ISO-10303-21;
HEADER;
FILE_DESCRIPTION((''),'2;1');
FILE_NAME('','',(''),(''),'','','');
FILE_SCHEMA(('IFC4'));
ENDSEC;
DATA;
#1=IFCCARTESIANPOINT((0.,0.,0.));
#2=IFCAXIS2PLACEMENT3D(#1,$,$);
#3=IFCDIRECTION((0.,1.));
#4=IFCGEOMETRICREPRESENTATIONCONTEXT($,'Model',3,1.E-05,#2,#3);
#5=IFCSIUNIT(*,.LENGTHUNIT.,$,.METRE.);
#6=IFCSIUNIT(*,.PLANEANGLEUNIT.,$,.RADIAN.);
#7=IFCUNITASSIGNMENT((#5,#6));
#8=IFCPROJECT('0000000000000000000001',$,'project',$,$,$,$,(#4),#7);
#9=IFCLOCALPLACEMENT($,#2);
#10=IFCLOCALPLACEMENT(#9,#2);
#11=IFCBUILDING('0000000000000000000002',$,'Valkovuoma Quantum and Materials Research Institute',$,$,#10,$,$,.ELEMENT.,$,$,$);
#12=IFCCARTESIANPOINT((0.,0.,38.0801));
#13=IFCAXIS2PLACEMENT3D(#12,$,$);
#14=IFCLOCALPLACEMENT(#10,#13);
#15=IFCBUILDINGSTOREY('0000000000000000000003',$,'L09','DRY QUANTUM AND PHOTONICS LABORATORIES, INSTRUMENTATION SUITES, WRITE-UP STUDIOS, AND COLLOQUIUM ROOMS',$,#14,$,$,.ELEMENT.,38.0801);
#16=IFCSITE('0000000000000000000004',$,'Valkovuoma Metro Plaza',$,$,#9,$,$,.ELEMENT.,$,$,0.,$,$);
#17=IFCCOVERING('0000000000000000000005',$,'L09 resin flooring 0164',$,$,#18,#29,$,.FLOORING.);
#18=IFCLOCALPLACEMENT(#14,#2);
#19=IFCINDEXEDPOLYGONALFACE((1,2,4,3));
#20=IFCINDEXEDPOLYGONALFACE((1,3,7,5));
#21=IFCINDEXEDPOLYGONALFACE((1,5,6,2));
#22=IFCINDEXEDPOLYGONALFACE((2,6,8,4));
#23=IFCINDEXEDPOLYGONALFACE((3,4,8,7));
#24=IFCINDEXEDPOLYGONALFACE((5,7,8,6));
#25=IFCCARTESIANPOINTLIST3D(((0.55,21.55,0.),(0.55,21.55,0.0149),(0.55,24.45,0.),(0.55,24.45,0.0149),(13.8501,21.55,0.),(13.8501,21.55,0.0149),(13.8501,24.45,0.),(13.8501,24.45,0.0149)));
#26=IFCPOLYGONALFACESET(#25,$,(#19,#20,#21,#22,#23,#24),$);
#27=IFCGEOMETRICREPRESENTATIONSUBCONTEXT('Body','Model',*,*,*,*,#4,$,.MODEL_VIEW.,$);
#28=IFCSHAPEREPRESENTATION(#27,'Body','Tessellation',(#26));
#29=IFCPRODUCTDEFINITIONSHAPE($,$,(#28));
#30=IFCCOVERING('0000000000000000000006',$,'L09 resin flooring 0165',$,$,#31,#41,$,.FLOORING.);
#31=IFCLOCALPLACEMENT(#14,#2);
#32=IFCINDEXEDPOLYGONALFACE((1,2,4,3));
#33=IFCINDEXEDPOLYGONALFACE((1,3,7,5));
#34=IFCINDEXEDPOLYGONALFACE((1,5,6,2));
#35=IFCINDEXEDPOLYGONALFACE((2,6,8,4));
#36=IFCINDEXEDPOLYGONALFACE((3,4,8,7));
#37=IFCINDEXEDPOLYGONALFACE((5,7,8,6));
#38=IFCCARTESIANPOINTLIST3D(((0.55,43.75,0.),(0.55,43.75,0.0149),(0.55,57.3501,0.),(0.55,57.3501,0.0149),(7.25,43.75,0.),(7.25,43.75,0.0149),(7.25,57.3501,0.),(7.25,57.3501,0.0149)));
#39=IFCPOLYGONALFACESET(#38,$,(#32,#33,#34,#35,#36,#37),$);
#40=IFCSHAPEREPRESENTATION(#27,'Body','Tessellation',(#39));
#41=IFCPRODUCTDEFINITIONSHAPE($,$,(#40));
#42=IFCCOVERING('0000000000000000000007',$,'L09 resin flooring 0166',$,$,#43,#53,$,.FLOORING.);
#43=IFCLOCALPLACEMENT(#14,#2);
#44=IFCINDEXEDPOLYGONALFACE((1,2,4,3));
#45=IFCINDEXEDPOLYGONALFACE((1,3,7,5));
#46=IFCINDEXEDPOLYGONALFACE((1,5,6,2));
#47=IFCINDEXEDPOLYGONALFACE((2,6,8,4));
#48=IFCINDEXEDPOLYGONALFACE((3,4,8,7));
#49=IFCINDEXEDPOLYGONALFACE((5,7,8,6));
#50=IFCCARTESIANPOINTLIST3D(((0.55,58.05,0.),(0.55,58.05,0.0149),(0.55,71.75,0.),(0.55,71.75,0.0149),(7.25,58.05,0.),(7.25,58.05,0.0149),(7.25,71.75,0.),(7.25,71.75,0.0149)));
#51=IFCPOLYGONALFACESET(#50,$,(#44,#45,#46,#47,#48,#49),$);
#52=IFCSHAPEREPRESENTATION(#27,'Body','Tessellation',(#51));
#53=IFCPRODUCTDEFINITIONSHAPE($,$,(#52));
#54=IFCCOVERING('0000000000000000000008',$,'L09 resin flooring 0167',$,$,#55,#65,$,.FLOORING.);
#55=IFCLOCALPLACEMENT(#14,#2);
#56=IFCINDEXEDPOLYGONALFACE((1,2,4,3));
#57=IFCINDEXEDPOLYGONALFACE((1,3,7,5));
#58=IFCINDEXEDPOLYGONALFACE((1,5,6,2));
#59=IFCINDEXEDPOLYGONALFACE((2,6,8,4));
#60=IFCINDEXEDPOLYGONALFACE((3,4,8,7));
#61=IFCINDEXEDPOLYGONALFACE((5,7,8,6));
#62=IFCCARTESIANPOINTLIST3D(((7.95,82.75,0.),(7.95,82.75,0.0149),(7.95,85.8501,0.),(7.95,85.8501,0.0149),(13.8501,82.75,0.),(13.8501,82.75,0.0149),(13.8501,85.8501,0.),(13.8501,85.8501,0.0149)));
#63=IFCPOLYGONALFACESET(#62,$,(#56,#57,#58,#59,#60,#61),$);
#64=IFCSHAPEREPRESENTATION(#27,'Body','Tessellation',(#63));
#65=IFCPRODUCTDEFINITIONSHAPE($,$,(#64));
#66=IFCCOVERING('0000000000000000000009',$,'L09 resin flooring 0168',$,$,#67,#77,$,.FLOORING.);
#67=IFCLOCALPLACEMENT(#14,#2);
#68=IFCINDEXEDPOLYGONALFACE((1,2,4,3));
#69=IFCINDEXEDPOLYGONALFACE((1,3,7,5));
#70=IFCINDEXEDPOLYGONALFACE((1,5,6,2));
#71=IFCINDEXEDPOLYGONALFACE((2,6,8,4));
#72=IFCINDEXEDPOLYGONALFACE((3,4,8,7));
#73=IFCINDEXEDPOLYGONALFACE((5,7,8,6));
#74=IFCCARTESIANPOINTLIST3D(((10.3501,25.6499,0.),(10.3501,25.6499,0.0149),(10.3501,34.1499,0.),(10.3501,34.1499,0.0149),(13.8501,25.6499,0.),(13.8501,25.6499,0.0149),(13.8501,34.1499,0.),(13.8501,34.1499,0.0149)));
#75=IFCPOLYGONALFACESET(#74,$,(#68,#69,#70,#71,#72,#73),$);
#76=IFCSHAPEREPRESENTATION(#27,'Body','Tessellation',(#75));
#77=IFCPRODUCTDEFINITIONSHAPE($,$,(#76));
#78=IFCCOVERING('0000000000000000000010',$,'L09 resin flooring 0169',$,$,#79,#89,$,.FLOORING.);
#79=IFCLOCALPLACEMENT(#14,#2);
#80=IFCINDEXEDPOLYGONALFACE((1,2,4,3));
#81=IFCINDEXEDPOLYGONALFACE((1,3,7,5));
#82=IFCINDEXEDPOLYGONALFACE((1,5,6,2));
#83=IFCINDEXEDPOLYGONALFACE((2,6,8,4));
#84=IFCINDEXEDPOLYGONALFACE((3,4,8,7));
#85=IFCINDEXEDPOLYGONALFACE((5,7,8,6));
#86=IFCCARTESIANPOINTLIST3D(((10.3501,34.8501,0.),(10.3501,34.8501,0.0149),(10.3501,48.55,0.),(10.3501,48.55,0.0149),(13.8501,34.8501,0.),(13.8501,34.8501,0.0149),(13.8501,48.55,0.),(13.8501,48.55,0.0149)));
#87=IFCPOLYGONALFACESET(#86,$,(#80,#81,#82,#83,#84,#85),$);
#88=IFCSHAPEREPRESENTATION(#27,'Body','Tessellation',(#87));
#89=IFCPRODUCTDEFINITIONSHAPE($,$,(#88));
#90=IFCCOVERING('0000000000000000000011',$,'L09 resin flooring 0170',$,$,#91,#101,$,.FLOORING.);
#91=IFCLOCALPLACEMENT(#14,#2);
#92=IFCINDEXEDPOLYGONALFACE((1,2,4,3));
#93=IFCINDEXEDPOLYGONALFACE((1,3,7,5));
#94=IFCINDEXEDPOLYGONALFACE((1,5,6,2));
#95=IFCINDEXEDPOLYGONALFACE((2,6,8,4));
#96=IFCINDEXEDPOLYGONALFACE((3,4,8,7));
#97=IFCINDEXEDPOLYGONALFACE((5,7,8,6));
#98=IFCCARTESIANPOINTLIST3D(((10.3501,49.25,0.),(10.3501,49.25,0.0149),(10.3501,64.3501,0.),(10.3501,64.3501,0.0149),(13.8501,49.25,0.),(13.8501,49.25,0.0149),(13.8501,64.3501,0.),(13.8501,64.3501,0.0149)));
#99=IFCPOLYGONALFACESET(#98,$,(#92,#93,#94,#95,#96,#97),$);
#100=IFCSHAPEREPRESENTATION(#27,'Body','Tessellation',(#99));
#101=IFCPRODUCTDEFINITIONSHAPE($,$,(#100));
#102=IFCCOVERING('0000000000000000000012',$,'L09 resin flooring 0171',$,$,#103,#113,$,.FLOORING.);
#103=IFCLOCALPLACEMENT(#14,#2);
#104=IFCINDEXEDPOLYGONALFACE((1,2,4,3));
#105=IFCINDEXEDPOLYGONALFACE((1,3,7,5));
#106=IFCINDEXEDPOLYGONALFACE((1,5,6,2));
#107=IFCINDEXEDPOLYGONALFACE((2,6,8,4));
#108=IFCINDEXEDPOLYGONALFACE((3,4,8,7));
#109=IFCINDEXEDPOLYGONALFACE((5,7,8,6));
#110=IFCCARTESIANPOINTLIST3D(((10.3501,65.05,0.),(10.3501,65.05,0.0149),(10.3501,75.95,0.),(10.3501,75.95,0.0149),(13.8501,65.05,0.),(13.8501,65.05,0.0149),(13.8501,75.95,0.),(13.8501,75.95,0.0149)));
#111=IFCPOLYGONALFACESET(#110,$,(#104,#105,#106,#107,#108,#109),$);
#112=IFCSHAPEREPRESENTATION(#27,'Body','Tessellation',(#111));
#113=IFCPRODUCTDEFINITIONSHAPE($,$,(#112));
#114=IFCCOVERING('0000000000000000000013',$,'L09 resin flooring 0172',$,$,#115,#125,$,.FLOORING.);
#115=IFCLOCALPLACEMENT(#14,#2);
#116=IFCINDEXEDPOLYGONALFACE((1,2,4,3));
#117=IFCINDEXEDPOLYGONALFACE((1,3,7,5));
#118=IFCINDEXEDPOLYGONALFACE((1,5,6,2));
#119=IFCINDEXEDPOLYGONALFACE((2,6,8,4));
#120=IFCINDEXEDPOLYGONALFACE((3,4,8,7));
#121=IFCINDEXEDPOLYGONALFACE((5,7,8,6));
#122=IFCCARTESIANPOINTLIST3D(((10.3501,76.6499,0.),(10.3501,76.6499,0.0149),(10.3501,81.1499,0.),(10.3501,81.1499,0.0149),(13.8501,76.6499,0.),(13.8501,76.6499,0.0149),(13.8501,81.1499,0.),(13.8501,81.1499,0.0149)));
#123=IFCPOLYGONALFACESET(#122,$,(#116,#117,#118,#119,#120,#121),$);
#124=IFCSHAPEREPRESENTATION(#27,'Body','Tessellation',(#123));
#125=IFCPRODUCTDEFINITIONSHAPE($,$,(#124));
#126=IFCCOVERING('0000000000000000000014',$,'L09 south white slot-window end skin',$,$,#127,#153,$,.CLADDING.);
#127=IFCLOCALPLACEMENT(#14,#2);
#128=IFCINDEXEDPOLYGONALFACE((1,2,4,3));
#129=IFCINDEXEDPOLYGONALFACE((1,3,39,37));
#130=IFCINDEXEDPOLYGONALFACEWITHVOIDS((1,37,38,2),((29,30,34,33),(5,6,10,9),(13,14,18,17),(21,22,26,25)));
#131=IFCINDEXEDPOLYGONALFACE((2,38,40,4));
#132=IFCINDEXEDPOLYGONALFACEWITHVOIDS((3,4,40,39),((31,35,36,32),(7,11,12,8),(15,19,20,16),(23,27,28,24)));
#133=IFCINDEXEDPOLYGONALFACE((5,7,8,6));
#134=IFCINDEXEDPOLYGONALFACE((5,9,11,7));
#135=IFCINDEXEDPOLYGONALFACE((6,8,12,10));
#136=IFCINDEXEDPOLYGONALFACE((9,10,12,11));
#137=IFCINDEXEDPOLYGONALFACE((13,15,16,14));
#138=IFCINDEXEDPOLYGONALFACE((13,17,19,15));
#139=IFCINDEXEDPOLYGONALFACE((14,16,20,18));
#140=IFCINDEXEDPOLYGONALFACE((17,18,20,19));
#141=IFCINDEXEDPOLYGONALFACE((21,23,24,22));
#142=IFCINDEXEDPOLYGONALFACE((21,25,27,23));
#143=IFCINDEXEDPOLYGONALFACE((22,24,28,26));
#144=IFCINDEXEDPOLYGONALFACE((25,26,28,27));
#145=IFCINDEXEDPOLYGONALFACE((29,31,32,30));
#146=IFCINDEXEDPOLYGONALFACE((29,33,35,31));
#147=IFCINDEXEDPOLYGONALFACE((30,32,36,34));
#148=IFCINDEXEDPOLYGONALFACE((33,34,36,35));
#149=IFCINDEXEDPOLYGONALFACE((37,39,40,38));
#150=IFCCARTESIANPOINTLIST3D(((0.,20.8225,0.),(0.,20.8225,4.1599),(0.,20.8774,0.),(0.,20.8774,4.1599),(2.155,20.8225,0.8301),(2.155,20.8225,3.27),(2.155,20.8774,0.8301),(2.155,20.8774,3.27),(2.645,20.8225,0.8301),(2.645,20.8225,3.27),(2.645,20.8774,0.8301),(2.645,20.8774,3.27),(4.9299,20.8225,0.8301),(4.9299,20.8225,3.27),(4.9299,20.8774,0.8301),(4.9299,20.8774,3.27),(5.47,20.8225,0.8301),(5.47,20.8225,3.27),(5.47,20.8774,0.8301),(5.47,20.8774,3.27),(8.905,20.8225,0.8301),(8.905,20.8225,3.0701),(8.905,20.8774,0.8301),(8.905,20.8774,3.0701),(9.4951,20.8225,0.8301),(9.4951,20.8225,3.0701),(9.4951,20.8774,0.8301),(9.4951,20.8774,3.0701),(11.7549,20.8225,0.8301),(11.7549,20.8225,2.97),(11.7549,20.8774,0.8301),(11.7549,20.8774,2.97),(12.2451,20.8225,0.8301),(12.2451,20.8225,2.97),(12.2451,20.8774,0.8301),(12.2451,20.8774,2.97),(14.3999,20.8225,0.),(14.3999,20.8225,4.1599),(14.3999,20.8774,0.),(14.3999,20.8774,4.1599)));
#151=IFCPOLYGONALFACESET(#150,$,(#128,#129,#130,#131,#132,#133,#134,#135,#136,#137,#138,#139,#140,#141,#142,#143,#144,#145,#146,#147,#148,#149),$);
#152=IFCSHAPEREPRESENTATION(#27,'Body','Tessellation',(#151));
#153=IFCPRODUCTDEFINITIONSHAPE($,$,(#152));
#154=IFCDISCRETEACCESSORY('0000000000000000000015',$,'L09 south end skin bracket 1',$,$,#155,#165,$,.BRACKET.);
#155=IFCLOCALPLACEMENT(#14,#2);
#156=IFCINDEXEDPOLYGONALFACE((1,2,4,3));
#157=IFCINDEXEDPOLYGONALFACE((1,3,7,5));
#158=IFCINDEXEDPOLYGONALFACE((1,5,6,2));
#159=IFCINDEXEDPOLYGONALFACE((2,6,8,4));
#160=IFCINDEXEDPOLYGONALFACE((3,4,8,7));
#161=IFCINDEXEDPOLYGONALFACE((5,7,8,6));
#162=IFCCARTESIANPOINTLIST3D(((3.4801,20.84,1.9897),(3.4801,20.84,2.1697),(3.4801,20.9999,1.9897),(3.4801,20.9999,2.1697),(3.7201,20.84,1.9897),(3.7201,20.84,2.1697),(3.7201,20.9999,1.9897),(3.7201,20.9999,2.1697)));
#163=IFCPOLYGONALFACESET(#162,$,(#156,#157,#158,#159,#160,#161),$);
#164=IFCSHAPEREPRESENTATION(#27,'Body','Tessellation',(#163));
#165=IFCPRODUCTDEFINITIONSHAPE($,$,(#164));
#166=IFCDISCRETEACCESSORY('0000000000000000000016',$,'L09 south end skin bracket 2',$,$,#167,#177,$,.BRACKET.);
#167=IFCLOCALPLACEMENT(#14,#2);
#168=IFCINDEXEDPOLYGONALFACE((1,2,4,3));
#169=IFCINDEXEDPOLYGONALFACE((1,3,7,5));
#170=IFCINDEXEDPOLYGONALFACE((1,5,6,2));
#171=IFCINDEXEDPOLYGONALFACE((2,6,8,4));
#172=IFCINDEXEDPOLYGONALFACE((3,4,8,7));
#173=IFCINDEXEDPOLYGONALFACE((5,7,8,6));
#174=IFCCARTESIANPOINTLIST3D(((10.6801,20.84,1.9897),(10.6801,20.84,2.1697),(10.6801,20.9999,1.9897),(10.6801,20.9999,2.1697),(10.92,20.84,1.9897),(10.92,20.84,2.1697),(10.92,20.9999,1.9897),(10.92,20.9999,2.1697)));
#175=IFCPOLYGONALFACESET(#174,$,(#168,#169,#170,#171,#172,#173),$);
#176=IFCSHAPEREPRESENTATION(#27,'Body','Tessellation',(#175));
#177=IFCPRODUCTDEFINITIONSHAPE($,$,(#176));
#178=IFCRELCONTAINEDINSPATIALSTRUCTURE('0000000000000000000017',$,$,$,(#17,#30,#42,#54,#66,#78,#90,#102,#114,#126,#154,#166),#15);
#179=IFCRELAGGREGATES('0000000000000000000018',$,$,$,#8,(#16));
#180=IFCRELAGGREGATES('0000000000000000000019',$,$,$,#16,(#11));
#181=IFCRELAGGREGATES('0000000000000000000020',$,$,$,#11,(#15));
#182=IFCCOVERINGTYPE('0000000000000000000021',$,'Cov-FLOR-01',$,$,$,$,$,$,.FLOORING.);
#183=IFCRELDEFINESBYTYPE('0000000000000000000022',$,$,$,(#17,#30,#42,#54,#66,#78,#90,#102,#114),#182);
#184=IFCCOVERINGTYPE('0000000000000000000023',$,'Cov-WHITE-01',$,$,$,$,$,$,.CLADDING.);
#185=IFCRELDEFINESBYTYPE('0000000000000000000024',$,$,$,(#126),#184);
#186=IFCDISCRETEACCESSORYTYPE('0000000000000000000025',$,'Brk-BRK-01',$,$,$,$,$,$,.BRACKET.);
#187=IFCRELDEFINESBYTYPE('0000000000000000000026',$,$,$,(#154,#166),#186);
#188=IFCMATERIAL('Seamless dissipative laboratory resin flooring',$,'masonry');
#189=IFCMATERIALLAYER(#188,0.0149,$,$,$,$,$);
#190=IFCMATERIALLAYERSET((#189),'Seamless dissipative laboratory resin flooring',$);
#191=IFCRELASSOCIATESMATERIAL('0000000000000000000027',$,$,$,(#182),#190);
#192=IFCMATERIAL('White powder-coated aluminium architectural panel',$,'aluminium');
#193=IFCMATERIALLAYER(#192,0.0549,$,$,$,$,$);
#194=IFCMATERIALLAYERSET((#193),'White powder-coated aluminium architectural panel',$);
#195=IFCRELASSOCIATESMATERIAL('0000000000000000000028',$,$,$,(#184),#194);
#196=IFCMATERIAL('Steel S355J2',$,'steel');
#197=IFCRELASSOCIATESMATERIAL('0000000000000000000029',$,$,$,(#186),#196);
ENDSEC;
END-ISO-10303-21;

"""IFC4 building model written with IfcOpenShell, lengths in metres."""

from ifc_helpers import new_model, si_unit, direction, frame, origin, origin_2d, place, context, subcontext, project, spatial, polyline, rectangle, outline, extrude, material, layer, layer_set, type_object, element, save


model = new_model("IFC4")

# Units and contexts
model_context = context("Model", 3, precision=1e-05, world=origin(), true_north=direction((0.0, 1.0)))
body_context = subcontext(model_context, "Body", "Model", "MODEL_VIEW")
ifc_project = project(units=[si_unit("LENGTHUNIT", "METRE"), si_unit("PLANEANGLEUNIT", "RADIAN")], contexts=[model_context])

# Site, building, storey
site_placement = place(None, origin())
site = spatial("IfcSite", under=ifc_project, at=site_placement, Name="Valkovuoma Metro Plaza", CompositionType="ELEMENT", RefElevation=0.0)
building_placement = place(site_placement, origin())
building = spatial("IfcBuilding", under=site, at=building_placement, Name="Valkovuoma Quantum and Materials Research Institute", CompositionType="ELEMENT")
storey_placement = place(building_placement, frame((0.0, 0.0, 38.0801)))
storey = spatial("IfcBuildingStorey", under=building, at=storey_placement, Name="L09", Description="DRY QUANTUM AND PHOTONICS LABORATORIES, INSTRUMENTATION SUITES, WRITE-UP STUDIOS, AND COLLOQUIUM ROOMS", CompositionType="ELEMENT", Elevation=38.0801)

# Coverings
ifc_material_1 = material(Name="Seamless dissipative laboratory resin flooring", Category="masonry")
ifc_layer_1 = layer(ifc_material_1, 0.0149)
ifc_layer_set_1 = layer_set([ifc_layer_1], Name="Seamless dissipative laboratory resin flooring")
covering_type_1 = type_object("IfcCoveringType", Name="Cov-FLOR-01", PredefinedType="FLOORING", material=ifc_layer_set_1)
covering_1_placement = place(storey_placement, origin())
element("IfcCovering", 1, at=covering_1_placement, inside=storey, type_object=covering_type_1, Name="L09 resin flooring 0164", PredefinedType="FLOORING", context=body_context, shape_type="SweptSolid", body=[
    extrude(outline(polyline([(0.55, 21.55), (13.8501, 21.55), (13.8501, 24.45), (0.55, 24.45), (0.55, 21.55)])), origin(), (0.0, 0.0, 1.0), 0.0149),
])
covering_2_placement = place(storey_placement, origin())
element("IfcCovering", 2, at=covering_2_placement, inside=storey, type_object=covering_type_1, Name="L09 resin flooring 0165", PredefinedType="FLOORING", context=body_context, shape_type="SweptSolid", body=[
    extrude(outline(polyline([(0.55, 43.75), (7.25, 43.75), (7.25, 57.3501), (0.55, 57.3501), (0.55, 43.75)])), origin(), (0.0, 0.0, 1.0), 0.0149),
])
covering_3_placement = place(storey_placement, origin())
element("IfcCovering", 3, at=covering_3_placement, inside=storey, type_object=covering_type_1, Name="L09 resin flooring 0166", PredefinedType="FLOORING", context=body_context, shape_type="SweptSolid", body=[
    extrude(outline(polyline([(0.55, 58.05), (7.25, 58.05), (7.25, 71.75), (0.55, 71.75), (0.55, 58.05)])), origin(), (0.0, 0.0, 1.0), 0.0149),
])
covering_4_placement = place(storey_placement, origin())
element("IfcCovering", 4, at=covering_4_placement, inside=storey, type_object=covering_type_1, Name="L09 resin flooring 0167", PredefinedType="FLOORING", context=body_context, shape_type="SweptSolid", body=[
    extrude(outline(polyline([(7.95, 82.75), (13.8501, 82.75), (13.8501, 85.8501), (7.95, 85.8501), (7.95, 82.75)])), origin(), (0.0, 0.0, 1.0), 0.0149),
])
covering_5_placement = place(storey_placement, origin())
element("IfcCovering", 5, at=covering_5_placement, inside=storey, type_object=covering_type_1, Name="L09 resin flooring 0168", PredefinedType="FLOORING", context=body_context, shape_type="SweptSolid", body=[
    extrude(outline(polyline([(10.3501, 25.6499), (13.8501, 25.6499), (13.8501, 34.1499), (10.3501, 34.1499), (10.3501, 25.6499)])), origin(), (0.0, 0.0, 1.0), 0.0149),
])
covering_6_placement = place(storey_placement, origin())
element("IfcCovering", 6, at=covering_6_placement, inside=storey, type_object=covering_type_1, Name="L09 resin flooring 0169", PredefinedType="FLOORING", context=body_context, shape_type="SweptSolid", body=[
    extrude(outline(polyline([(10.3501, 34.8501), (13.8501, 34.8501), (13.8501, 48.55), (10.3501, 48.55), (10.3501, 34.8501)])), origin(), (0.0, 0.0, 1.0), 0.0149),
])
covering_7_placement = place(storey_placement, origin())
element("IfcCovering", 7, at=covering_7_placement, inside=storey, type_object=covering_type_1, Name="L09 resin flooring 0170", PredefinedType="FLOORING", context=body_context, shape_type="SweptSolid", body=[
    extrude(outline(polyline([(10.3501, 49.25), (13.8501, 49.25), (13.8501, 64.3501), (10.3501, 64.3501), (10.3501, 49.25)])), origin(), (0.0, 0.0, 1.0), 0.0149),
])
covering_8_placement = place(storey_placement, origin())
element("IfcCovering", 8, at=covering_8_placement, inside=storey, type_object=covering_type_1, Name="L09 resin flooring 0171", PredefinedType="FLOORING", context=body_context, shape_type="SweptSolid", body=[
    extrude(outline(polyline([(10.3501, 65.05), (13.8501, 65.05), (13.8501, 75.95), (10.3501, 75.95), (10.3501, 65.05)])), origin(), (0.0, 0.0, 1.0), 0.0149),
])
covering_9_placement = place(storey_placement, origin())
element("IfcCovering", 9, at=covering_9_placement, inside=storey, type_object=covering_type_1, Name="L09 resin flooring 0172", PredefinedType="FLOORING", context=body_context, shape_type="SweptSolid", body=[
    extrude(outline(polyline([(10.3501, 76.6499), (13.8501, 76.6499), (13.8501, 81.1499), (10.3501, 81.1499), (10.3501, 76.6499)])), origin(), (0.0, 0.0, 1.0), 0.0149),
])
ifc_material_2 = material(Name="White powder-coated aluminium architectural panel", Category="aluminium")
ifc_layer_2 = layer(ifc_material_2, 0.0549)
ifc_layer_set_2 = layer_set([ifc_layer_2], Name="White powder-coated aluminium architectural panel")
covering_type_2 = type_object("IfcCoveringType", Name="Cov-WHITE-01", PredefinedType="CLADDING", material=ifc_layer_set_2)
covering_10_placement = place(storey_placement, frame((0.0, 20.8501, 0.0), z_axis=(0.0, 0.0, 1.0), x_axis=(1.0, 0.0, 0.0)))
element("IfcCovering", 10, at=covering_10_placement, inside=storey, type_object=covering_type_2, Name="L09 south white slot-window end skin", PredefinedType="CLADDING", context=body_context, shape_type="SweptSolid", body=[
    extrude(outline(polyline([(0.0, 0.0), (14.3999, 0.0), (14.3999, 4.1599), (0.0, 4.1599), (0.0, 0.0)]), holes=[polyline([(2.155, 0.8301), (2.155, 3.27), (2.645, 3.27), (2.645, 0.8301), (2.155, 0.8301)]), polyline([(4.9299, 0.8301), (4.9299, 3.27), (5.47, 3.27), (5.47, 0.8301), (4.9299, 0.8301)]), polyline([(8.905, 0.8301), (8.905, 3.0701), (9.4951, 3.0701), (9.4951, 0.8301), (8.905, 0.8301)]), polyline([(11.7549, 0.8301), (11.7549, 2.97), (12.2451, 2.97), (12.2451, 0.8301), (11.7549, 0.8301)])]), frame((0.0, 0.0273, 0.0), z_axis=(0.0, -1.0, 0.0), x_axis=(1.0, 0.0, 0.0)), (0.0, 0.0, 1.0), 0.0549),
])

# Discrete accessories
ifc_material_3 = material(Name="Steel S355J2", Category="steel")
discrete_accessory_type = type_object("IfcDiscreteAccessoryType", Name="Brk-BRK-01", PredefinedType="BRACKET", material=ifc_material_3)
for number, where, z_axis, x_axis, name in (
    (11, (3.6001, 20.9199, 1.9897), (0.0, 0.0, 1.0), (0.0, 1.0, 0.0), "L09 south end skin bracket 1"),
    (12, (10.8, 20.9199, 1.9897), (0.0, 0.0, 1.0), (0.0, 1.0, 0.0), "L09 south end skin bracket 2"),
):
    element("IfcDiscreteAccessory", number, at=place(storey_placement, frame(where, z_axis=z_axis, x_axis=x_axis)), inside=storey, type_object=discrete_accessory_type, Name=name, PredefinedType="BRACKET", context=body_context, shape_type="SweptSolid", body=[
        extrude(rectangle(XDim=0.1599, YDim=0.24, at=origin_2d()), origin(), (0.0, 0.0, 1.0), 0.1799),
    ])

save(model, "model.ifc")
